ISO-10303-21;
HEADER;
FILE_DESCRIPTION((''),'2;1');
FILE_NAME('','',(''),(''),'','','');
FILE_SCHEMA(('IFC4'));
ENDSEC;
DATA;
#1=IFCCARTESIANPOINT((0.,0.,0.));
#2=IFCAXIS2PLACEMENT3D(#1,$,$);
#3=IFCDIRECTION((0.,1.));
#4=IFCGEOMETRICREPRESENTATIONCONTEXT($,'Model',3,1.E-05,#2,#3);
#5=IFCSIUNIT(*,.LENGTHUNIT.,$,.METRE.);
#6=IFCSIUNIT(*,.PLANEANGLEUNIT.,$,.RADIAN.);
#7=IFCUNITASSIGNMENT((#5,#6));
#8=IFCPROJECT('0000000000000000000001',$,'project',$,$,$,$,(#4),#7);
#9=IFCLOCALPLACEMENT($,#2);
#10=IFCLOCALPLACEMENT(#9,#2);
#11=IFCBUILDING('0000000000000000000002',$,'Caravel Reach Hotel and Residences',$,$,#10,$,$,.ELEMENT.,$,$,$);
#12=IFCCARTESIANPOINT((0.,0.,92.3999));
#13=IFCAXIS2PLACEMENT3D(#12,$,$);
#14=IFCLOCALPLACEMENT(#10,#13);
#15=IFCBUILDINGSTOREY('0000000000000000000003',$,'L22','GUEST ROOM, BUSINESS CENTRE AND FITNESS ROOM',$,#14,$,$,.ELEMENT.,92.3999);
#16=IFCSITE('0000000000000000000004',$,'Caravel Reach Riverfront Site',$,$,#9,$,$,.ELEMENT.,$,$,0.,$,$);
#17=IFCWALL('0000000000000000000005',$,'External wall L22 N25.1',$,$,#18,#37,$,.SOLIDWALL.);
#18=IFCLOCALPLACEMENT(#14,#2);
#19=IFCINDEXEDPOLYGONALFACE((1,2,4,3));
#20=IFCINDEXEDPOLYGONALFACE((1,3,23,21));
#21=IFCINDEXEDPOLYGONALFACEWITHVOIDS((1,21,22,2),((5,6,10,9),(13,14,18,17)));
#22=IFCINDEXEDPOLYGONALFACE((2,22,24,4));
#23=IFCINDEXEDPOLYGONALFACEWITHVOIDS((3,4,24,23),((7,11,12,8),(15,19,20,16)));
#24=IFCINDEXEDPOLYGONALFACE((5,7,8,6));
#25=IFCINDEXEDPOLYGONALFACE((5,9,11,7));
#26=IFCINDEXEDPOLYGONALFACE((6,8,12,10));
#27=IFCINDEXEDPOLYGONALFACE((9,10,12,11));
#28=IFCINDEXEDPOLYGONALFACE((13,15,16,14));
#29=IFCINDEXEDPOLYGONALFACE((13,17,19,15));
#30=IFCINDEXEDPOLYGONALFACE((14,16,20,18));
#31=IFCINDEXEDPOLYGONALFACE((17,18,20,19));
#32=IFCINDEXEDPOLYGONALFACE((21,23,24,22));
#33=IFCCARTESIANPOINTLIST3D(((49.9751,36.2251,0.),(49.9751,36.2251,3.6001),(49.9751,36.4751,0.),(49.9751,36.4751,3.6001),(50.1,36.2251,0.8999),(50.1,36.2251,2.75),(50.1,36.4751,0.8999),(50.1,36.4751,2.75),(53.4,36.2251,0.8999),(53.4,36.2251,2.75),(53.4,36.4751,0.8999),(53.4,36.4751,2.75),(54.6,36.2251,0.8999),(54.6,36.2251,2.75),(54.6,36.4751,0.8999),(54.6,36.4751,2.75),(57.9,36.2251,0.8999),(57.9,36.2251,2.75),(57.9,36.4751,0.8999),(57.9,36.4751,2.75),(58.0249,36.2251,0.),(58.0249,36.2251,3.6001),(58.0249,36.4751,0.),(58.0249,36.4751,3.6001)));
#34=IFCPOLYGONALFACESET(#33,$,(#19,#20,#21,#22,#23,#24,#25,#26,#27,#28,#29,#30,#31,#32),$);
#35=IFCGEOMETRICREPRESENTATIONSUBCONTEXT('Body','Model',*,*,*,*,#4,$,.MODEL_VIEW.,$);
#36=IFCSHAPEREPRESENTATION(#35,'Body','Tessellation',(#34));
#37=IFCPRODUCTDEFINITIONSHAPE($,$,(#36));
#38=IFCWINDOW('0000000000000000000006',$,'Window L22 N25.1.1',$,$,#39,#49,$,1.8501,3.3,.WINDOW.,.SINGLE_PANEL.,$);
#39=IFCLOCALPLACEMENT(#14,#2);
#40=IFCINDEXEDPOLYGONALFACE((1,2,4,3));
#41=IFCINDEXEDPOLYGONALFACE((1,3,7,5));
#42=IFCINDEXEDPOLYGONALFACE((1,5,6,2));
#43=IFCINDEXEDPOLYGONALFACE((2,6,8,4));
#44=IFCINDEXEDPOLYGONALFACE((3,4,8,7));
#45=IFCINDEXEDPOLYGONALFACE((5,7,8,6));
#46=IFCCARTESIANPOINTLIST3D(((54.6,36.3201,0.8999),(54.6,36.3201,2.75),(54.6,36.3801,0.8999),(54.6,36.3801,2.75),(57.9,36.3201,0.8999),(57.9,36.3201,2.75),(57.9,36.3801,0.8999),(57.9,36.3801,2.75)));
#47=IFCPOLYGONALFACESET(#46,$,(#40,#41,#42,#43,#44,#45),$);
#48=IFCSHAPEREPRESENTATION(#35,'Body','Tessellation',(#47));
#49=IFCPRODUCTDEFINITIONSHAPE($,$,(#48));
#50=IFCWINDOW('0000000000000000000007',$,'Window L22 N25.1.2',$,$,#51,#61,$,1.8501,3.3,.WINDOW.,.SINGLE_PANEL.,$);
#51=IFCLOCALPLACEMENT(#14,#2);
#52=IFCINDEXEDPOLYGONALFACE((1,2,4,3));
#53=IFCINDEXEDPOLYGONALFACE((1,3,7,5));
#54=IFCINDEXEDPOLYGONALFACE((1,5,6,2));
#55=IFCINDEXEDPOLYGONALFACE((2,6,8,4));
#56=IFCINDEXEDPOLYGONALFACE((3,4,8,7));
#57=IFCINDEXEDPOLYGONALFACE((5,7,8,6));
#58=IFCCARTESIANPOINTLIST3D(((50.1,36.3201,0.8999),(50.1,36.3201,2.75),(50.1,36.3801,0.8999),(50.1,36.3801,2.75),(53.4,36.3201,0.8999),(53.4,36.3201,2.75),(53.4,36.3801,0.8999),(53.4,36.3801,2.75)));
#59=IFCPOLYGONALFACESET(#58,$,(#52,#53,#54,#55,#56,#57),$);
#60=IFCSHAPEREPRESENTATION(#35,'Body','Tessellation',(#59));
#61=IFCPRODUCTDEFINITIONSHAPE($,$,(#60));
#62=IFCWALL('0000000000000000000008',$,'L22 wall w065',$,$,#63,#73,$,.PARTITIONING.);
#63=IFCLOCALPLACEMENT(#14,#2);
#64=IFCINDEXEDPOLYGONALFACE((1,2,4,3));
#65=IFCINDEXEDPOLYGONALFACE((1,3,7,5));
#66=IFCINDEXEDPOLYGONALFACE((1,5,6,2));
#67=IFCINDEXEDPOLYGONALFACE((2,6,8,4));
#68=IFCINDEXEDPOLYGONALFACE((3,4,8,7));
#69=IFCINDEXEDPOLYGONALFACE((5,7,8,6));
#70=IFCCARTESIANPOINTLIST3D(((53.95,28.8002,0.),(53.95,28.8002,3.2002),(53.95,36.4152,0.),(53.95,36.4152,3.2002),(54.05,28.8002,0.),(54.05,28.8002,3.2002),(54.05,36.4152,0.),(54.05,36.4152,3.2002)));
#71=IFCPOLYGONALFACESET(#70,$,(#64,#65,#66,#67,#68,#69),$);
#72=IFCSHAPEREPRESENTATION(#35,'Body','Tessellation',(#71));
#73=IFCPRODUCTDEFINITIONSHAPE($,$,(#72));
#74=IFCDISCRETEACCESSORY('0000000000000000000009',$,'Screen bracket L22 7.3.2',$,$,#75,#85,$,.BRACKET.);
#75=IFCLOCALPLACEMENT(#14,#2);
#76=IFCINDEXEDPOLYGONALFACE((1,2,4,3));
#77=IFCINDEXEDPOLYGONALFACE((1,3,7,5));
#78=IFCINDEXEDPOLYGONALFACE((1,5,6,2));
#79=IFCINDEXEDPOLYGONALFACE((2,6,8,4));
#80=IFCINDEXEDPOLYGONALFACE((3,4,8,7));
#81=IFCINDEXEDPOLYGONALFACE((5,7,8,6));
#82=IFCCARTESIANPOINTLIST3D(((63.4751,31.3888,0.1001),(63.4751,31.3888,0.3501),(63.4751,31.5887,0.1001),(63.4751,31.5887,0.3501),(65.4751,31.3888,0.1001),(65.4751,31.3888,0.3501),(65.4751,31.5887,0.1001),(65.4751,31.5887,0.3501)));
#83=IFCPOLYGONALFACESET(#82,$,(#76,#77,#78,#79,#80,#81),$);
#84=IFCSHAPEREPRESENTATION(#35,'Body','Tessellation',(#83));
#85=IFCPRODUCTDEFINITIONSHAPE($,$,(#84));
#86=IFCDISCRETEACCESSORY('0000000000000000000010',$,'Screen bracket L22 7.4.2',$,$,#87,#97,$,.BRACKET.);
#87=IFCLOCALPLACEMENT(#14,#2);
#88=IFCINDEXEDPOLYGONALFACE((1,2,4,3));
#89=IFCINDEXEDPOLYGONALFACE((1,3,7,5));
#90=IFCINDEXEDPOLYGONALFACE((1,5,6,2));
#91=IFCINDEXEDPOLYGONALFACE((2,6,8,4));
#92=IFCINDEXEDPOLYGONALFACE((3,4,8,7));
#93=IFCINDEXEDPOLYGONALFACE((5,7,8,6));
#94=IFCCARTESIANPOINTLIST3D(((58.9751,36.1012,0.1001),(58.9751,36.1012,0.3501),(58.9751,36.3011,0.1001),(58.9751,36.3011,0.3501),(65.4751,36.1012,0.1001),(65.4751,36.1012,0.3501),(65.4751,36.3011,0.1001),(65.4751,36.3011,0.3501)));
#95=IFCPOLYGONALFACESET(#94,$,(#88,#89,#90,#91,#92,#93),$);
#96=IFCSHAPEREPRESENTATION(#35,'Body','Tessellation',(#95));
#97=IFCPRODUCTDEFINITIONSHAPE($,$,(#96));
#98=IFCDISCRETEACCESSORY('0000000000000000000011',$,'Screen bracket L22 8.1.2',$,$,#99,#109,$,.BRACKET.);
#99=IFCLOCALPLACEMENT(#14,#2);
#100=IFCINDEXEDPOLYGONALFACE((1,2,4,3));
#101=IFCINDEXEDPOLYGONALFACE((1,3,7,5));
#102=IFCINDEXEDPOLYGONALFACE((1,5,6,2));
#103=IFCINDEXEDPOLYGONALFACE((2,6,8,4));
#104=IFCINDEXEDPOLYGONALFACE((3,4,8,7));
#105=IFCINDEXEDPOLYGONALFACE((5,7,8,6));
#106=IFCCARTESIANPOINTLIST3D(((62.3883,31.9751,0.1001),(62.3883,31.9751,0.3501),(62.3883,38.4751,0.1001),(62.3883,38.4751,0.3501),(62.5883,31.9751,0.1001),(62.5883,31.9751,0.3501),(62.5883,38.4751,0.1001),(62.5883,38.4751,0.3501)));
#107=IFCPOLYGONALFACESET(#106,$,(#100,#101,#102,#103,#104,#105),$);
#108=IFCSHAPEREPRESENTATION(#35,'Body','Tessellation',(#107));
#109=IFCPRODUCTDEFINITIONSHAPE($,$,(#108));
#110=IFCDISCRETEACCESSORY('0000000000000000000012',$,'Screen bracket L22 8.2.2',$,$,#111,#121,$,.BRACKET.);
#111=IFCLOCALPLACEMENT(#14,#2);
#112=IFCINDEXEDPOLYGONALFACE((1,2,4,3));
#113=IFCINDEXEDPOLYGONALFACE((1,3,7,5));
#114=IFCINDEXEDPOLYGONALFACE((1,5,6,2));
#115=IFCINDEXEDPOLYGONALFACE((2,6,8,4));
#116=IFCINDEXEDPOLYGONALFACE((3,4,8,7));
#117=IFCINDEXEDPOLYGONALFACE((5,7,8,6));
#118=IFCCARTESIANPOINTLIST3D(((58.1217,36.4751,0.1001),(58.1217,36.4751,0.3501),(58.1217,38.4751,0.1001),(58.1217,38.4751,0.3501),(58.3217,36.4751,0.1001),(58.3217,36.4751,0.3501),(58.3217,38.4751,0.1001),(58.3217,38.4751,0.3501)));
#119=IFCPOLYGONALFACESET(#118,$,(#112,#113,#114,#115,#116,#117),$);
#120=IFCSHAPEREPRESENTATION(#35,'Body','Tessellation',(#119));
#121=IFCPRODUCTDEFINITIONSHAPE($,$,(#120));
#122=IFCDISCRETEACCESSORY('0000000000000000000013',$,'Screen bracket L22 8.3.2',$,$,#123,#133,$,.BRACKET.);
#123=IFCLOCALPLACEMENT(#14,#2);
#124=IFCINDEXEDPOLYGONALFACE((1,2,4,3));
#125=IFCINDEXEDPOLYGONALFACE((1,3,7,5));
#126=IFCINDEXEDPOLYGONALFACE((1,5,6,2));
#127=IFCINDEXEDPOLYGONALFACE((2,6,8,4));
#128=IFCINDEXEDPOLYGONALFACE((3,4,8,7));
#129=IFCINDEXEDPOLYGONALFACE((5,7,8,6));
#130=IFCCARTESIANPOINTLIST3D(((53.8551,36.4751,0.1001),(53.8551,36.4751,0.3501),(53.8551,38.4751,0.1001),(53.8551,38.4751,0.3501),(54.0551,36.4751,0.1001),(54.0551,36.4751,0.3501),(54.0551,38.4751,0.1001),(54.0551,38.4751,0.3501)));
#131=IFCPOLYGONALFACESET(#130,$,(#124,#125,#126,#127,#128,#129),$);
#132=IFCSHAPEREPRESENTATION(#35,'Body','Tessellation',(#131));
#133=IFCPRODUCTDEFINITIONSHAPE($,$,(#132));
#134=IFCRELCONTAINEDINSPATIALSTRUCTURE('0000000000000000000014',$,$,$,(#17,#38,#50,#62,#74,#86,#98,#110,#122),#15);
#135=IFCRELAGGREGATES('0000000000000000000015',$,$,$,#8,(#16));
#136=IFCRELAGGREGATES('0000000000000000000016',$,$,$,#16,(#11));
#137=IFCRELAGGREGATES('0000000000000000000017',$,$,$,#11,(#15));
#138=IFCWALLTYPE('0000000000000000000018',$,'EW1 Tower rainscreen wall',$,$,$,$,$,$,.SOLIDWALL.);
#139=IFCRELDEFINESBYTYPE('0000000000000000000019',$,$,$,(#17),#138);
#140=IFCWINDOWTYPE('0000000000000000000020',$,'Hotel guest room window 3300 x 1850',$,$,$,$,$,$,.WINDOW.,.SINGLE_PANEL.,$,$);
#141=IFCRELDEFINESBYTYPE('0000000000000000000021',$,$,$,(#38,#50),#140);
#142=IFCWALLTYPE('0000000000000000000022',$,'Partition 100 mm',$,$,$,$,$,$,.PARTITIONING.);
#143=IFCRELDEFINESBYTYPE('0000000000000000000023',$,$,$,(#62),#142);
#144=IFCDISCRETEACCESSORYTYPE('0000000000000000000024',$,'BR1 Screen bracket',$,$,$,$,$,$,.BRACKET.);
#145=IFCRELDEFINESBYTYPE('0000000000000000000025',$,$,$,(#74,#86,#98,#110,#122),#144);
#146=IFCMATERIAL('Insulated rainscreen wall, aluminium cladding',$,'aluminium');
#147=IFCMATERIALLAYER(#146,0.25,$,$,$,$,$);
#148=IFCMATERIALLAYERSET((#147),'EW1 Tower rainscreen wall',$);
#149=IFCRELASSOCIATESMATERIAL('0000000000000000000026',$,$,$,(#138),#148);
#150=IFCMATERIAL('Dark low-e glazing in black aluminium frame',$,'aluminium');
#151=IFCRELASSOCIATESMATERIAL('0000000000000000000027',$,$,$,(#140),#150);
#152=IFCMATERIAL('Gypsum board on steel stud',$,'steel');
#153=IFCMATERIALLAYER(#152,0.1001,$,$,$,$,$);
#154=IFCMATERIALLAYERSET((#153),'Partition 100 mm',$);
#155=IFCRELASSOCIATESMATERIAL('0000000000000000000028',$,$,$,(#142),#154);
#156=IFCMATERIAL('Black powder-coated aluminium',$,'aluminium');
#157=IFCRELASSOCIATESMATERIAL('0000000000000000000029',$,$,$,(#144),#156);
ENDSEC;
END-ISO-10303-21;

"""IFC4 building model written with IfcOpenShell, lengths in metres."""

from ifc_helpers import new_model, si_unit, direction, frame, frame_2d, origin, origin_2d, place, context, subcontext, project, spatial, rectangle, extrude, material, layer, layer_set, type_object, element, fill, save


model = new_model("IFC4")

# Units and contexts
model_context = context("Model", 3, precision=1e-05, world=origin(), true_north=direction((0.0, 1.0)))
body_context = subcontext(model_context, "Body", "Model", "MODEL_VIEW")
ifc_project = project(units=[si_unit("LENGTHUNIT", "METRE"), si_unit("PLANEANGLEUNIT", "RADIAN")], contexts=[model_context])

# Site, building, storey
site_placement = place(None, origin())
site = spatial("IfcSite", under=ifc_project, at=site_placement, Name="Caravel Reach Riverfront Site", CompositionType="ELEMENT", RefElevation=0.0)
building_placement = place(site_placement, origin())
building = spatial("IfcBuilding", under=site, at=building_placement, Name="Caravel Reach Hotel and Residences", CompositionType="ELEMENT")
storey_placement = place(building_placement, frame((0.0, 0.0, 92.3999)))
storey = spatial("IfcBuildingStorey", under=building, at=storey_placement, Name="L22", Description="GUEST ROOM, BUSINESS CENTRE AND FITNESS ROOM", CompositionType="ELEMENT", Elevation=92.3999)

# Shared definitions
ifc_material_1 = material(Name="Insulated rainscreen wall, aluminium cladding", Category="aluminium")
ifc_layer_1 = layer(ifc_material_1, 0.25)
ifc_layer_set_1 = layer_set([ifc_layer_1], Name="EW1 Tower rainscreen wall")
wall_type_1 = type_object("IfcWallType", Name="EW1 Tower rainscreen wall", PredefinedType="SOLIDWALL", material=ifc_layer_set_1)

# Wall, openings, windows
wall_1_placement = place(storey_placement, frame((58.0249, 36.3501, 0.0), z_axis=(0.0, 0.0, 1.0), x_axis=(-1.0, 0.0, 0.0)))
wall_1 = element("IfcWall", 1, at=wall_1_placement, inside=storey, type_object=wall_type_1, Name="External wall L22 N25.1", PredefinedType="SOLIDWALL", context=body_context, shape_type="SweptSolid", body=[
    extrude(rectangle(XDim=8.0498, YDim=0.25, at=frame_2d((4.0249, 0.0))), origin(), (0.0, 0.0, 1.0), 3.6001),
])
opening_1_placement = place(wall_1_placement, frame((0.125, 0.0, 0.8999)))
opening_1 = element("IfcOpeningElement", 2, at=opening_1_placement, cuts=wall_1, PredefinedType="OPENING", context=body_context, shape_type="SweptSolid", body=[
    extrude(rectangle(XDim=3.3, YDim=1.8501, at=frame_2d((1.6499, 0.925))), frame((0.0, 0.135, 0.0), z_axis=(0.0, -1.0, 0.0), x_axis=(1.0, 0.0, 0.0)), (0.0, 0.0, 1.0), 0.27),
])
opening_2_placement = place(wall_1_placement, frame((4.625, 0.0, 0.8999)))
opening_2 = element("IfcOpeningElement", 3, at=opening_2_placement, cuts=wall_1, PredefinedType="OPENING", context=body_context, shape_type="SweptSolid", body=[
    extrude(rectangle(XDim=3.3, YDim=1.8501, at=frame_2d((1.6499, 0.925))), frame((0.0, 0.135, 0.0), z_axis=(0.0, -1.0, 0.0), x_axis=(1.0, 0.0, 0.0)), (0.0, 0.0, 1.0), 0.27),
])
ifc_material_2 = material(Name="Dark low-e glazing in black aluminium frame", Category="aluminium")
window_type_1 = type_object("IfcWindowType", Name="Hotel guest room window 3300 x 1850", PartitioningType="SINGLE_PANEL", PredefinedType="WINDOW", material=ifc_material_2)
window_1_placement = place(opening_1_placement, origin())
window_1 = element("IfcWindow", 4, at=window_1_placement, inside=storey, type_object=window_type_1, Name="Window L22 N25.1.1", OverallHeight=1.8501, OverallWidth=3.3, PartitioningType="SINGLE_PANEL", PredefinedType="WINDOW", context=body_context, shape_type="SweptSolid", body=[
    extrude(rectangle(XDim=3.3, YDim=1.8501, at=frame_2d((1.6499, 0.925))), frame((0.0, 0.03, 0.0), z_axis=(0.0, -1.0, 0.0), x_axis=(1.0, 0.0, 0.0)), (0.0, 0.0, 1.0), 0.0601),
])
fill(opening_1, window_1)
window_2_placement = place(opening_2_placement, origin())
window_2 = element("IfcWindow", 5, at=window_2_placement, inside=storey, type_object=window_type_1, Name="Window L22 N25.1.2", OverallHeight=1.8501, OverallWidth=3.3, PartitioningType="SINGLE_PANEL", PredefinedType="WINDOW", context=body_context, shape_type="SweptSolid", body=[
    extrude(rectangle(XDim=3.3, YDim=1.8501, at=frame_2d((1.6499, 0.925))), frame((0.0, 0.03, 0.0), z_axis=(0.0, -1.0, 0.0), x_axis=(1.0, 0.0, 0.0)), (0.0, 0.0, 1.0), 0.0601),
])
fill(opening_2, window_2)

# Wall
ifc_material_3 = material(Name="Gypsum board on steel stud", Category="steel")
ifc_layer_2 = layer(ifc_material_3, 0.1001)
ifc_layer_set_2 = layer_set([ifc_layer_2], Name="Partition 100 mm")
wall_type_2 = type_object("IfcWallType", Name="Partition 100 mm", PredefinedType="PARTITIONING", material=ifc_layer_set_2)
wall_2_placement = place(storey_placement, frame((54.0, 28.8, 0.0), z_axis=(0.0, 0.0, 1.0), x_axis=(0.0, 1.0, 0.0)))
element("IfcWall", 6, at=wall_2_placement, inside=storey, type_object=wall_type_2, Name="L22 wall w065", PredefinedType="PARTITIONING", context=body_context, shape_type="SweptSolid", body=[
    extrude(rectangle(XDim=7.615, YDim=0.1001, at=frame_2d((3.8076, 0.0))), origin(), (0.0, 0.0, 1.0), 3.2002),
])

# Discrete accessories
ifc_material_4 = material(Name="Black powder-coated aluminium", Category="aluminium")
discrete_accessory_type = type_object("IfcDiscreteAccessoryType", Name="BR1 Screen bracket", PredefinedType="BRACKET", material=ifc_material_4)
discrete_accessory_placement = place(storey_placement, frame((64.4751, 31.4888, 0.1001), z_axis=(0.0, 0.0, 1.0), x_axis=(1.0, 0.0, 0.0)))
element("IfcDiscreteAccessory", 7, at=discrete_accessory_placement, inside=storey, type_object=discrete_accessory_type, Name="Screen bracket L22 7.3.2", PredefinedType="BRACKET", context=body_context, shape_type="SweptSolid", body=[
    extrude(rectangle(XDim=2.0, YDim=0.2, at=origin_2d()), origin(), (0.0, 0.0, 1.0), 0.25),
])
for number, where, z_axis, x_axis, name in (
    (8, (62.2251, 36.2012, 0.1001), (0.0, 0.0, 1.0), (1.0, 0.0, 0.0), "Screen bracket L22 7.4.2"),
    (9, (62.4883, 35.2251, 0.1001), (0.0, 0.0, 1.0), (0.0, 1.0, 0.0), "Screen bracket L22 8.1.2"),
):
    element("IfcDiscreteAccessory", number, at=place(storey_placement, frame(where, z_axis=z_axis, x_axis=x_axis)), inside=storey, type_object=discrete_accessory_type, Name=name, PredefinedType="BRACKET", context=body_context, shape_type="SweptSolid", body=[
        extrude(rectangle(XDim=6.5, YDim=0.2, at=origin_2d()), origin(), (0.0, 0.0, 1.0), 0.25),
    ])
for number, where, z_axis, x_axis, name in (
    (10, (58.2217, 37.4751, 0.1001), (0.0, 0.0, 1.0), (0.0, 1.0, 0.0), "Screen bracket L22 8.2.2"),
    (11, (53.9551, 37.4751, 0.1001), (0.0, 0.0, 1.0), (0.0, 1.0, 0.0), "Screen bracket L22 8.3.2"),
):
    element("IfcDiscreteAccessory", number, at=place(storey_placement, frame(where, z_axis=z_axis, x_axis=x_axis)), inside=storey, type_object=discrete_accessory_type, Name=name, PredefinedType="BRACKET", context=body_context, shape_type="SweptSolid", body=[
        extrude(rectangle(XDim=2.0, YDim=0.2, at=origin_2d()), origin(), (0.0, 0.0, 1.0), 0.25),
    ])

save(model, "model.ifc")
